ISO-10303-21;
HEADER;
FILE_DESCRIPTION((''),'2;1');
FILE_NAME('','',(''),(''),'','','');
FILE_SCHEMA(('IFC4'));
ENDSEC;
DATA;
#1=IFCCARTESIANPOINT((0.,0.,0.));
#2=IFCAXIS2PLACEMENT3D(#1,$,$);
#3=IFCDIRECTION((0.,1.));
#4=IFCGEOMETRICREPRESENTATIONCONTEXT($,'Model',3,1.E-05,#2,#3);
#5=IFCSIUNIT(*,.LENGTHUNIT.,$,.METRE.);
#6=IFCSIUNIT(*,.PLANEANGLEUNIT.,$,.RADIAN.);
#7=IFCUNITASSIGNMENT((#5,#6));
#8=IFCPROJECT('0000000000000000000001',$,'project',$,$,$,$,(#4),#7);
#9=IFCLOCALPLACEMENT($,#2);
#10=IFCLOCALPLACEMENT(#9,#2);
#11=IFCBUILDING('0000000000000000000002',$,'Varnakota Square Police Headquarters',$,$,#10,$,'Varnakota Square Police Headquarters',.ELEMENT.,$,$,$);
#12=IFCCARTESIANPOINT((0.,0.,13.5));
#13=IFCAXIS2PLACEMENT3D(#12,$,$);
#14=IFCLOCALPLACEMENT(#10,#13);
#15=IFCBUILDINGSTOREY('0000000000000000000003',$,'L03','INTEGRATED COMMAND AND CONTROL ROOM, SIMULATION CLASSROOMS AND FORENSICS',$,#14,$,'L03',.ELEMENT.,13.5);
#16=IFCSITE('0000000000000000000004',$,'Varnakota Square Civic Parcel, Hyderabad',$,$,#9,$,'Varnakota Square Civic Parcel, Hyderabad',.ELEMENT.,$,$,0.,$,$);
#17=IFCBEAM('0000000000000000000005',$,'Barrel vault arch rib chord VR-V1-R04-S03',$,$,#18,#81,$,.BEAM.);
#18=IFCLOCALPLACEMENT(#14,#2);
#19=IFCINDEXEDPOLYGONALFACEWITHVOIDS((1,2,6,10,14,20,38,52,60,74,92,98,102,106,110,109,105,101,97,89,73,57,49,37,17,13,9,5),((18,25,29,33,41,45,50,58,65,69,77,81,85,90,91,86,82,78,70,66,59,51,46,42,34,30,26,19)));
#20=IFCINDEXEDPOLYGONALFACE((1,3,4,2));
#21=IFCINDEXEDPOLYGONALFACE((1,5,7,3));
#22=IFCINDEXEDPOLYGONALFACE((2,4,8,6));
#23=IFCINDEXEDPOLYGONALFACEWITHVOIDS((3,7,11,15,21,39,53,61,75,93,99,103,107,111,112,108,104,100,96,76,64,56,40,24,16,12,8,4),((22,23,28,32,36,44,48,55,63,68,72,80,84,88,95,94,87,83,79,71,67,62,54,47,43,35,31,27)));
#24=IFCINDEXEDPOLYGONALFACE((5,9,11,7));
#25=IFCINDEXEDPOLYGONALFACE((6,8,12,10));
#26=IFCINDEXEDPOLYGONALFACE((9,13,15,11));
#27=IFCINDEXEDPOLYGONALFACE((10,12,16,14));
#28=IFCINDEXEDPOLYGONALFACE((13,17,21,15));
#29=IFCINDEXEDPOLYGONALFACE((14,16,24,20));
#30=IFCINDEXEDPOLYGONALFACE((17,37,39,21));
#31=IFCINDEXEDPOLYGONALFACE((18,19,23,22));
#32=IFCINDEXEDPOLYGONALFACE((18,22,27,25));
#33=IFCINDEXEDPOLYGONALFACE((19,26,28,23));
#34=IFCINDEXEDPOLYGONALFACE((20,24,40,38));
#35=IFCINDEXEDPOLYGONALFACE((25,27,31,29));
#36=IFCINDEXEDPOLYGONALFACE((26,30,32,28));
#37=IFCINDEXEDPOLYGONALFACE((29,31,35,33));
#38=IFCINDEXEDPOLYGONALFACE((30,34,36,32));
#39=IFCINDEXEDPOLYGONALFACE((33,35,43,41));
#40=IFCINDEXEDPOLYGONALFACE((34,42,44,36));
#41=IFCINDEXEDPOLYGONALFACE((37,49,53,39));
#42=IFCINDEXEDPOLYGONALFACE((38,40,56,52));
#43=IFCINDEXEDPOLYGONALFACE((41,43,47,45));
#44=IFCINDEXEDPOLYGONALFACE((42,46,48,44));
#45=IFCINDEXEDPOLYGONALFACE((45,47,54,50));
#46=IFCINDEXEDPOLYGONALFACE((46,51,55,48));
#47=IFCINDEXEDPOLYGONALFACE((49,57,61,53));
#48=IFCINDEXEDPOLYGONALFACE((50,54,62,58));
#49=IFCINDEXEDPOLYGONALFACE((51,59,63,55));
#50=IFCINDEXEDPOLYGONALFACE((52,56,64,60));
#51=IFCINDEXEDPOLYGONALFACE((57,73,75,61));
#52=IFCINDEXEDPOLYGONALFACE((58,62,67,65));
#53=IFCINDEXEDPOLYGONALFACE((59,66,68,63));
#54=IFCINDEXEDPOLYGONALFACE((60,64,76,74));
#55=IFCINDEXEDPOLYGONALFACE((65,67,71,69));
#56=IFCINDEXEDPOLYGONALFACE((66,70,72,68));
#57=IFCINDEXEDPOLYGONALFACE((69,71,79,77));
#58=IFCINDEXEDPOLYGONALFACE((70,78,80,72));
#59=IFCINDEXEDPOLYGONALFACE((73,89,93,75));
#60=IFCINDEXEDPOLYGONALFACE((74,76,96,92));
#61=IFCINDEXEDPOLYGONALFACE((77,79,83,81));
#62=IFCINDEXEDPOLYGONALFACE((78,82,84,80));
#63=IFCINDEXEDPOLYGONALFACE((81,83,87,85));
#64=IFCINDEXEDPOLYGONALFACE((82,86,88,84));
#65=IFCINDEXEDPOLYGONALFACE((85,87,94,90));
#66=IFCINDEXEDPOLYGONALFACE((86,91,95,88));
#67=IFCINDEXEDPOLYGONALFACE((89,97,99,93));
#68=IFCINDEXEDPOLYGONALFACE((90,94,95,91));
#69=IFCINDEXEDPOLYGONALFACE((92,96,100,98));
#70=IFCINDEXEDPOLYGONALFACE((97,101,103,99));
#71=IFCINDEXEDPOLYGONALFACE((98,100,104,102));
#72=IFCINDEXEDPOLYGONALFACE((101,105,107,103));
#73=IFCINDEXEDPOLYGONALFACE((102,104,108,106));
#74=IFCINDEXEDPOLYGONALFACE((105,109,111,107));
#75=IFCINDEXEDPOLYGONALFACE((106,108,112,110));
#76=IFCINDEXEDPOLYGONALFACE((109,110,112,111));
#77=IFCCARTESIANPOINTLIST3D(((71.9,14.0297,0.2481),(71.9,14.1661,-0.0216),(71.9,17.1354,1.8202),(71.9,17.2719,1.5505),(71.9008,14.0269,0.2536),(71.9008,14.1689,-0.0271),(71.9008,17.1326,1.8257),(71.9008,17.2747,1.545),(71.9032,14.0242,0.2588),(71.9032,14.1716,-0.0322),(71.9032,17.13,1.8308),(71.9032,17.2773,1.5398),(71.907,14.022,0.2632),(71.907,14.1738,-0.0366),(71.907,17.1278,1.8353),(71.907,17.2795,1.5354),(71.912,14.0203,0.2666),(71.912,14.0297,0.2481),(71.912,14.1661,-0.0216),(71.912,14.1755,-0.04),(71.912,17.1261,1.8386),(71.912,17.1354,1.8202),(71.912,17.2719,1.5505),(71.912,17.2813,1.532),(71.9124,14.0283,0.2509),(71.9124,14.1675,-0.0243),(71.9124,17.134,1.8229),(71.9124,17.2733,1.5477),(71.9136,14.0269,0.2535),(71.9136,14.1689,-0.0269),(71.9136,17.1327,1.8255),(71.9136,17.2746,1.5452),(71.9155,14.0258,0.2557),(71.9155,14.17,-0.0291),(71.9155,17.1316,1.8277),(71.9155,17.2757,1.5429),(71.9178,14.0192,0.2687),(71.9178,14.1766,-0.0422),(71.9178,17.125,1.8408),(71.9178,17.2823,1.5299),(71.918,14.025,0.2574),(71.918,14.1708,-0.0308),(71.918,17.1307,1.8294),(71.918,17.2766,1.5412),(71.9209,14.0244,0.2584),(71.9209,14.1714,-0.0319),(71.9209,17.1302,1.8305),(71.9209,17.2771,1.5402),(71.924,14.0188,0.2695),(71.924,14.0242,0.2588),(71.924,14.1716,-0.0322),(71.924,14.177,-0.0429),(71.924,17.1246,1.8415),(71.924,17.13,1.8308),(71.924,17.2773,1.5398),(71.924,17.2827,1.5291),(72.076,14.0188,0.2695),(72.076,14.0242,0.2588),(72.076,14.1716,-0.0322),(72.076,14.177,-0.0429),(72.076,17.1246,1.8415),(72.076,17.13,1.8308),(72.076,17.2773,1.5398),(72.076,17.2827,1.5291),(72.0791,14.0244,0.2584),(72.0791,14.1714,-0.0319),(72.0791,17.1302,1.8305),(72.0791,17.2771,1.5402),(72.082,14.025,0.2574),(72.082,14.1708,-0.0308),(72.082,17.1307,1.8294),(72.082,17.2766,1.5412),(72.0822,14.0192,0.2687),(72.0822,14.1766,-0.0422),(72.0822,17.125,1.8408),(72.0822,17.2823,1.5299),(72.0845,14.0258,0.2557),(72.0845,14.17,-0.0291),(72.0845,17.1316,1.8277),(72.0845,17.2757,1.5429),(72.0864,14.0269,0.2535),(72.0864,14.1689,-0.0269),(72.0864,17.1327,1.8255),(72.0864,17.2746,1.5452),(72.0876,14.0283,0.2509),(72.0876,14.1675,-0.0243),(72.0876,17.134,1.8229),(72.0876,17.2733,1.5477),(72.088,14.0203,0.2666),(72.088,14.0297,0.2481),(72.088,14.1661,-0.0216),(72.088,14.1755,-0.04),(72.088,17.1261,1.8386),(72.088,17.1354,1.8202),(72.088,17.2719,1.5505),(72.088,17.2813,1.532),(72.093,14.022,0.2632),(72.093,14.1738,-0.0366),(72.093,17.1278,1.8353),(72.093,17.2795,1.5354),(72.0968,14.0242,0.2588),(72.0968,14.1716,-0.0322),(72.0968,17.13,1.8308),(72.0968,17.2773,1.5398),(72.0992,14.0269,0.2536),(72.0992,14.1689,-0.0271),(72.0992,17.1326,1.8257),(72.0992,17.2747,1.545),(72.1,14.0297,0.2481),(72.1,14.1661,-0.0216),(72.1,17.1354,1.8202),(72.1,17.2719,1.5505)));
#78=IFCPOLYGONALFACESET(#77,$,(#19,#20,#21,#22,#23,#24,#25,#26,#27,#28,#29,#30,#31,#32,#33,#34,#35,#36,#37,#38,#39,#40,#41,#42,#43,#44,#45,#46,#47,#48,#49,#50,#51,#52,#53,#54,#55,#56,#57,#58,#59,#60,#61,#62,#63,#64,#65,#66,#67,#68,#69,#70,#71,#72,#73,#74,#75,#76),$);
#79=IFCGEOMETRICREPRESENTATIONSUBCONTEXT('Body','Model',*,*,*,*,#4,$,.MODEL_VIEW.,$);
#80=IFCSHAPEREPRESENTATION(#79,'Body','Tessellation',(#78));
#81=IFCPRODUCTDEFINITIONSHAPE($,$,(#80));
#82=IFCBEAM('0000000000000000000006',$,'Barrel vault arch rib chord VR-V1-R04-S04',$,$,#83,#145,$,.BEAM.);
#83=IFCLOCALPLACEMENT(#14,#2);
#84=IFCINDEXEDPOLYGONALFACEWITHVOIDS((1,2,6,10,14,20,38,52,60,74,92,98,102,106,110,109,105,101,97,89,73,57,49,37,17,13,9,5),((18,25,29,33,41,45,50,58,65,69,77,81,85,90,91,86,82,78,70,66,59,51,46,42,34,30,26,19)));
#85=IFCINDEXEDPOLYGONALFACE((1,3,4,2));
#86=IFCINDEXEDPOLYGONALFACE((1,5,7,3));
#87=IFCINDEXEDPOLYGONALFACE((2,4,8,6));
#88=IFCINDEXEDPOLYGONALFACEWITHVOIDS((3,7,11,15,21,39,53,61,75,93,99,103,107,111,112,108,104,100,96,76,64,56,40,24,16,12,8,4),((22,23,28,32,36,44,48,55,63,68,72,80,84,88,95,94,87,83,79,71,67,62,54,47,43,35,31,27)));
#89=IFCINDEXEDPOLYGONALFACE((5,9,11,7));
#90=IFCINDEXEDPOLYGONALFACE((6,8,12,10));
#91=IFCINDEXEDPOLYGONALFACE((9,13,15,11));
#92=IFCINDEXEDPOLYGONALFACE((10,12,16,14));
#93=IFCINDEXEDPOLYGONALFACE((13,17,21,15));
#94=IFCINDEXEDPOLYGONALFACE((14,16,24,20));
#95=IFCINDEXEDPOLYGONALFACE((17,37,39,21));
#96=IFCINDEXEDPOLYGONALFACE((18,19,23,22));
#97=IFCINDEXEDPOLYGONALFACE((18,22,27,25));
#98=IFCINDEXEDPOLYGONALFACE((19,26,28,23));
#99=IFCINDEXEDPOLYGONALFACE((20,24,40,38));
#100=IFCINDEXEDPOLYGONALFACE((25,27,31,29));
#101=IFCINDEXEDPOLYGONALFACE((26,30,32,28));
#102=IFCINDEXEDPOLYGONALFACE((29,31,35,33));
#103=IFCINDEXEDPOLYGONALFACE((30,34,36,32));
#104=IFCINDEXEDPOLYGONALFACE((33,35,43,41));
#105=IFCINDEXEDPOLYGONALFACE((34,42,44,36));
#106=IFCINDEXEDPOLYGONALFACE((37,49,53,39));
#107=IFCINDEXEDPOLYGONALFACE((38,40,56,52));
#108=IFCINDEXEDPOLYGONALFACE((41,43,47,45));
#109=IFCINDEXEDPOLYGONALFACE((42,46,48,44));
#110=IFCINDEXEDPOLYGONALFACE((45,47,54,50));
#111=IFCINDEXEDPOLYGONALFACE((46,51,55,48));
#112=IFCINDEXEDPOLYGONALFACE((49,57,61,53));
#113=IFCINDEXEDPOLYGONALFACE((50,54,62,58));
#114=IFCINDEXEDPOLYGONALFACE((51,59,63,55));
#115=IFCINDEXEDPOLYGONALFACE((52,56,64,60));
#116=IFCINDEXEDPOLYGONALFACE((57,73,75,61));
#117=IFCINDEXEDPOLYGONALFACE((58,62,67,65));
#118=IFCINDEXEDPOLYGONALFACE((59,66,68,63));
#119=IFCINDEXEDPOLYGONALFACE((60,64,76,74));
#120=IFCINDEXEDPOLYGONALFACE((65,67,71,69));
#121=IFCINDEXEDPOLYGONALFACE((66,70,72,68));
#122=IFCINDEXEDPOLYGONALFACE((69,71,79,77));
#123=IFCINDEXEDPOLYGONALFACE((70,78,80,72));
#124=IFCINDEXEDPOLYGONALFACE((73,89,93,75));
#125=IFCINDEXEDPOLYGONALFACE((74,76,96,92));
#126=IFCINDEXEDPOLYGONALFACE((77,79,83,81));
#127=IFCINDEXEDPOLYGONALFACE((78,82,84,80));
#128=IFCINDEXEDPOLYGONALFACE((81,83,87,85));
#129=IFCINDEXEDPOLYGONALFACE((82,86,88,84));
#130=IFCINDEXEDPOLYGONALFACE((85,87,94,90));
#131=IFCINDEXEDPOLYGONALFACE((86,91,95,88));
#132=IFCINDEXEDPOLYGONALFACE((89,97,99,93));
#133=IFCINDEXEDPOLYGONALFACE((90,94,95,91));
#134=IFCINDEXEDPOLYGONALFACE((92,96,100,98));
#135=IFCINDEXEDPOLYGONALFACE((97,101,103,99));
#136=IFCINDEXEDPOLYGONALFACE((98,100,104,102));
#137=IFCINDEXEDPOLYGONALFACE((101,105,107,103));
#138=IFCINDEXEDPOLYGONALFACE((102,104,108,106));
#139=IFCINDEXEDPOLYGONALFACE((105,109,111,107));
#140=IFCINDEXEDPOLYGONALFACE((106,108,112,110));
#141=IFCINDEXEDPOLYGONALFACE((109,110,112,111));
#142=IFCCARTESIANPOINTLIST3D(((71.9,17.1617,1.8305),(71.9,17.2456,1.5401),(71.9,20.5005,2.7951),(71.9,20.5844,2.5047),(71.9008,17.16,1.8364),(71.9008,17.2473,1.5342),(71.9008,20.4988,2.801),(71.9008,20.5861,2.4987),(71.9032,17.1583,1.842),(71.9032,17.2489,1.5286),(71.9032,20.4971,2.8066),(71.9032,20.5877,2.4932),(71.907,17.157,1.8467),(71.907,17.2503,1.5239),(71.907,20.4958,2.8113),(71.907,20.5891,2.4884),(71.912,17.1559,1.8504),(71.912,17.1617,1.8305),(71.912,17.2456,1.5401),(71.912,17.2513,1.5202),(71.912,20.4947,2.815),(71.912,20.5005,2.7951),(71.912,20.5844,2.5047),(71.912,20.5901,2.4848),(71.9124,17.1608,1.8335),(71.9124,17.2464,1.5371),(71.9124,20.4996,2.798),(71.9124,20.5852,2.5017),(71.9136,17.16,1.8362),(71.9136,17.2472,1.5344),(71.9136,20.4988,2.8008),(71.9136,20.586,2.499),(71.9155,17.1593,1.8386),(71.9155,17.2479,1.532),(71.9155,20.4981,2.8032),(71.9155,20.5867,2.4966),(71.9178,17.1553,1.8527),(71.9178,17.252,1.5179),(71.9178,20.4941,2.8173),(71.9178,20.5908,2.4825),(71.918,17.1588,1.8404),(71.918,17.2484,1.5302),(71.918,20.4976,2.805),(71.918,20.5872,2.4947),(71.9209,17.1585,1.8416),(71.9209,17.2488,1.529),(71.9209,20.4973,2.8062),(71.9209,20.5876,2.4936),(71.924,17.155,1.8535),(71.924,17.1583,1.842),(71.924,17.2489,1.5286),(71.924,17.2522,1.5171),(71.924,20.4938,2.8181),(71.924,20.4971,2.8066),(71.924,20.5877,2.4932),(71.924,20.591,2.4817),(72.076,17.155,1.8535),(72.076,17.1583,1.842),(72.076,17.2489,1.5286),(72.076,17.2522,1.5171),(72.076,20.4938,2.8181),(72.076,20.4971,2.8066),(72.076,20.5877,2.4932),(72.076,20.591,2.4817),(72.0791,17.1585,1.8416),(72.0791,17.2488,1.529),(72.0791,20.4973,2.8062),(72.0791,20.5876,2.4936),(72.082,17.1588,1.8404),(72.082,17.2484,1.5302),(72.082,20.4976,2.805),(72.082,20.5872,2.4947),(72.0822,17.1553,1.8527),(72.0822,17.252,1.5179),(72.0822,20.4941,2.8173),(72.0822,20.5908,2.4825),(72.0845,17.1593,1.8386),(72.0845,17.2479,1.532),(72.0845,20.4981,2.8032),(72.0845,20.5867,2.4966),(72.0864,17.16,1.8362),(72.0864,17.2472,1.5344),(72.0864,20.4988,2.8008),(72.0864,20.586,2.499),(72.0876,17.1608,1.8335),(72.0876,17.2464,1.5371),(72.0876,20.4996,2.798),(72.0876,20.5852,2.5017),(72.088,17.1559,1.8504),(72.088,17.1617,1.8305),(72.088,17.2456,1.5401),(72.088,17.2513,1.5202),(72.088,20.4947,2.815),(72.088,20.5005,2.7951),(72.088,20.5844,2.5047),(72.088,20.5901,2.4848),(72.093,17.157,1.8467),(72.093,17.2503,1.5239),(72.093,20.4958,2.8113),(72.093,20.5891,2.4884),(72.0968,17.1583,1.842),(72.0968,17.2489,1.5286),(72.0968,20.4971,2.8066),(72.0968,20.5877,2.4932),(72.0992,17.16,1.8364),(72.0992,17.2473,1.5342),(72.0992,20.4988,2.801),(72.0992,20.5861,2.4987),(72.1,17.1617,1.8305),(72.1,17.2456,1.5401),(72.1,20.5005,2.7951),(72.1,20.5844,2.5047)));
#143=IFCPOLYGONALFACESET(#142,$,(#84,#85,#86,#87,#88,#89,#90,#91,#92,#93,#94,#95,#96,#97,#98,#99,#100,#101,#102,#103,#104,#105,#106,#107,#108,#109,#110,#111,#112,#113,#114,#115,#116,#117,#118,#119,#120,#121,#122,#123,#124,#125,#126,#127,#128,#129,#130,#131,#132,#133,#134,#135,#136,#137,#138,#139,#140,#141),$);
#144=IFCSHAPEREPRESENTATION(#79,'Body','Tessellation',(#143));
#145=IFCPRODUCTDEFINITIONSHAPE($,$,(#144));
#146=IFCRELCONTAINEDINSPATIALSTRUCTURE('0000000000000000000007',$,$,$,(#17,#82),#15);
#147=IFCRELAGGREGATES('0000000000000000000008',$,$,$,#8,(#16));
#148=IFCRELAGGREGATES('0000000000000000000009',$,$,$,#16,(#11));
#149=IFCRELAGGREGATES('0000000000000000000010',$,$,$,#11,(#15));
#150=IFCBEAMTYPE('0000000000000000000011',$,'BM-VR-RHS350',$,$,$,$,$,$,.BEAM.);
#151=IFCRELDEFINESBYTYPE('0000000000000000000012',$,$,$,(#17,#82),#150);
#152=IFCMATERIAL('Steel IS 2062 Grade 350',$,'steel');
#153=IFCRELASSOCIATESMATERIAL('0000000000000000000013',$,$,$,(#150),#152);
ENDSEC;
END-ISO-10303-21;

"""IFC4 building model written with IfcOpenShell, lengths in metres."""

from ifc_helpers import new_model, si_unit, direction, frame, origin, origin_2d, place, context, subcontext, project, spatial, hollow_rectangle, extrude, material, material_profile, profile_set, type_object, element, save


model = new_model("IFC4")

# Units and contexts
model_context = context("Model", 3, precision=1e-05, world=origin(), true_north=direction((0.0, 1.0)))
body_context = subcontext(model_context, "Body", "Model", "MODEL_VIEW")
ifc_project = project(units=[si_unit("LENGTHUNIT", "METRE"), si_unit("PLANEANGLEUNIT", "RADIAN")], contexts=[model_context])

# Site, building, storey
site_placement = place(None, origin())
site = spatial("IfcSite", under=ifc_project, at=site_placement, Name="Varnakota Square Civic Parcel, Hyderabad", LongName="Varnakota Square Civic Parcel, Hyderabad", CompositionType="ELEMENT", RefElevation=0.0)
building_placement = place(site_placement, origin())
building = spatial("IfcBuilding", under=site, at=building_placement, Name="Varnakota Square Police Headquarters", LongName="Varnakota Square Police Headquarters", CompositionType="ELEMENT")
storey_placement = place(building_placement, frame((0.0, 0.0, 13.5)))
storey = spatial("IfcBuildingStorey", under=building, at=storey_placement, Name="L03", Description="INTEGRATED COMMAND AND CONTROL ROOM, SIMULATION CLASSROOMS AND FORENSICS", LongName="L03", CompositionType="ELEMENT", Elevation=13.5)

# Beams
ifc_material_1 = material(Name="Steel IS 2062 Grade 350", Category="steel")
ifc_material_profile_1 = material_profile(ifc_material_1, hollow_rectangle(XDim=0.2, YDim=0.3501, WallThickness=0.012, InnerFilletRadius=0.012, OuterFilletRadius=0.0239, at=origin_2d()), Name="RHS 350x200x12")
ifc_profile_set_1 = profile_set([ifc_material_profile_1], Name="Steel IS 2062 Grade 350")
beam_type = type_object("IfcBeamType", Name="BM-VR-RHS350", PredefinedType="BEAM", material=ifc_profile_set_1)
beam_1_placement = place(storey_placement, frame((72.0, 14.0979, 0.1133), z_axis=(0.0, 0.892214, 0.451613), x_axis=(-1.0, 0.0, 0.0)))
element("IfcBeam", 1, at=beam_1_placement, inside=storey, type_object=beam_type, Name="Barrel vault arch rib chord VR-V1-R04-S03", PredefinedType="BEAM", context=body_context, shape_type="SweptSolid", body=[
    extrude(hollow_rectangle(XDim=0.2, YDim=0.3501, WallThickness=0.012, InnerFilletRadius=0.012, OuterFilletRadius=0.0239, at=origin_2d()), origin(), (0.0, 0.0, 1.0), 3.481),
])
beam_2_placement = place(storey_placement, frame((72.0, 17.2036, 1.6853), z_axis=(0.0, 0.960711, 0.27755), x_axis=(-1.0, 0.0, 0.0)))
element("IfcBeam", 2, at=beam_2_placement, inside=storey, type_object=beam_type, Name="Barrel vault arch rib chord VR-V1-R04-S04", PredefinedType="BEAM", context=body_context, shape_type="SweptSolid", body=[
    extrude(hollow_rectangle(XDim=0.2, YDim=0.3501, WallThickness=0.012, InnerFilletRadius=0.012, OuterFilletRadius=0.0239, at=origin_2d()), origin(), (0.0, 0.0, 1.0), 3.4753),
])

save(model, "model.ifc")
